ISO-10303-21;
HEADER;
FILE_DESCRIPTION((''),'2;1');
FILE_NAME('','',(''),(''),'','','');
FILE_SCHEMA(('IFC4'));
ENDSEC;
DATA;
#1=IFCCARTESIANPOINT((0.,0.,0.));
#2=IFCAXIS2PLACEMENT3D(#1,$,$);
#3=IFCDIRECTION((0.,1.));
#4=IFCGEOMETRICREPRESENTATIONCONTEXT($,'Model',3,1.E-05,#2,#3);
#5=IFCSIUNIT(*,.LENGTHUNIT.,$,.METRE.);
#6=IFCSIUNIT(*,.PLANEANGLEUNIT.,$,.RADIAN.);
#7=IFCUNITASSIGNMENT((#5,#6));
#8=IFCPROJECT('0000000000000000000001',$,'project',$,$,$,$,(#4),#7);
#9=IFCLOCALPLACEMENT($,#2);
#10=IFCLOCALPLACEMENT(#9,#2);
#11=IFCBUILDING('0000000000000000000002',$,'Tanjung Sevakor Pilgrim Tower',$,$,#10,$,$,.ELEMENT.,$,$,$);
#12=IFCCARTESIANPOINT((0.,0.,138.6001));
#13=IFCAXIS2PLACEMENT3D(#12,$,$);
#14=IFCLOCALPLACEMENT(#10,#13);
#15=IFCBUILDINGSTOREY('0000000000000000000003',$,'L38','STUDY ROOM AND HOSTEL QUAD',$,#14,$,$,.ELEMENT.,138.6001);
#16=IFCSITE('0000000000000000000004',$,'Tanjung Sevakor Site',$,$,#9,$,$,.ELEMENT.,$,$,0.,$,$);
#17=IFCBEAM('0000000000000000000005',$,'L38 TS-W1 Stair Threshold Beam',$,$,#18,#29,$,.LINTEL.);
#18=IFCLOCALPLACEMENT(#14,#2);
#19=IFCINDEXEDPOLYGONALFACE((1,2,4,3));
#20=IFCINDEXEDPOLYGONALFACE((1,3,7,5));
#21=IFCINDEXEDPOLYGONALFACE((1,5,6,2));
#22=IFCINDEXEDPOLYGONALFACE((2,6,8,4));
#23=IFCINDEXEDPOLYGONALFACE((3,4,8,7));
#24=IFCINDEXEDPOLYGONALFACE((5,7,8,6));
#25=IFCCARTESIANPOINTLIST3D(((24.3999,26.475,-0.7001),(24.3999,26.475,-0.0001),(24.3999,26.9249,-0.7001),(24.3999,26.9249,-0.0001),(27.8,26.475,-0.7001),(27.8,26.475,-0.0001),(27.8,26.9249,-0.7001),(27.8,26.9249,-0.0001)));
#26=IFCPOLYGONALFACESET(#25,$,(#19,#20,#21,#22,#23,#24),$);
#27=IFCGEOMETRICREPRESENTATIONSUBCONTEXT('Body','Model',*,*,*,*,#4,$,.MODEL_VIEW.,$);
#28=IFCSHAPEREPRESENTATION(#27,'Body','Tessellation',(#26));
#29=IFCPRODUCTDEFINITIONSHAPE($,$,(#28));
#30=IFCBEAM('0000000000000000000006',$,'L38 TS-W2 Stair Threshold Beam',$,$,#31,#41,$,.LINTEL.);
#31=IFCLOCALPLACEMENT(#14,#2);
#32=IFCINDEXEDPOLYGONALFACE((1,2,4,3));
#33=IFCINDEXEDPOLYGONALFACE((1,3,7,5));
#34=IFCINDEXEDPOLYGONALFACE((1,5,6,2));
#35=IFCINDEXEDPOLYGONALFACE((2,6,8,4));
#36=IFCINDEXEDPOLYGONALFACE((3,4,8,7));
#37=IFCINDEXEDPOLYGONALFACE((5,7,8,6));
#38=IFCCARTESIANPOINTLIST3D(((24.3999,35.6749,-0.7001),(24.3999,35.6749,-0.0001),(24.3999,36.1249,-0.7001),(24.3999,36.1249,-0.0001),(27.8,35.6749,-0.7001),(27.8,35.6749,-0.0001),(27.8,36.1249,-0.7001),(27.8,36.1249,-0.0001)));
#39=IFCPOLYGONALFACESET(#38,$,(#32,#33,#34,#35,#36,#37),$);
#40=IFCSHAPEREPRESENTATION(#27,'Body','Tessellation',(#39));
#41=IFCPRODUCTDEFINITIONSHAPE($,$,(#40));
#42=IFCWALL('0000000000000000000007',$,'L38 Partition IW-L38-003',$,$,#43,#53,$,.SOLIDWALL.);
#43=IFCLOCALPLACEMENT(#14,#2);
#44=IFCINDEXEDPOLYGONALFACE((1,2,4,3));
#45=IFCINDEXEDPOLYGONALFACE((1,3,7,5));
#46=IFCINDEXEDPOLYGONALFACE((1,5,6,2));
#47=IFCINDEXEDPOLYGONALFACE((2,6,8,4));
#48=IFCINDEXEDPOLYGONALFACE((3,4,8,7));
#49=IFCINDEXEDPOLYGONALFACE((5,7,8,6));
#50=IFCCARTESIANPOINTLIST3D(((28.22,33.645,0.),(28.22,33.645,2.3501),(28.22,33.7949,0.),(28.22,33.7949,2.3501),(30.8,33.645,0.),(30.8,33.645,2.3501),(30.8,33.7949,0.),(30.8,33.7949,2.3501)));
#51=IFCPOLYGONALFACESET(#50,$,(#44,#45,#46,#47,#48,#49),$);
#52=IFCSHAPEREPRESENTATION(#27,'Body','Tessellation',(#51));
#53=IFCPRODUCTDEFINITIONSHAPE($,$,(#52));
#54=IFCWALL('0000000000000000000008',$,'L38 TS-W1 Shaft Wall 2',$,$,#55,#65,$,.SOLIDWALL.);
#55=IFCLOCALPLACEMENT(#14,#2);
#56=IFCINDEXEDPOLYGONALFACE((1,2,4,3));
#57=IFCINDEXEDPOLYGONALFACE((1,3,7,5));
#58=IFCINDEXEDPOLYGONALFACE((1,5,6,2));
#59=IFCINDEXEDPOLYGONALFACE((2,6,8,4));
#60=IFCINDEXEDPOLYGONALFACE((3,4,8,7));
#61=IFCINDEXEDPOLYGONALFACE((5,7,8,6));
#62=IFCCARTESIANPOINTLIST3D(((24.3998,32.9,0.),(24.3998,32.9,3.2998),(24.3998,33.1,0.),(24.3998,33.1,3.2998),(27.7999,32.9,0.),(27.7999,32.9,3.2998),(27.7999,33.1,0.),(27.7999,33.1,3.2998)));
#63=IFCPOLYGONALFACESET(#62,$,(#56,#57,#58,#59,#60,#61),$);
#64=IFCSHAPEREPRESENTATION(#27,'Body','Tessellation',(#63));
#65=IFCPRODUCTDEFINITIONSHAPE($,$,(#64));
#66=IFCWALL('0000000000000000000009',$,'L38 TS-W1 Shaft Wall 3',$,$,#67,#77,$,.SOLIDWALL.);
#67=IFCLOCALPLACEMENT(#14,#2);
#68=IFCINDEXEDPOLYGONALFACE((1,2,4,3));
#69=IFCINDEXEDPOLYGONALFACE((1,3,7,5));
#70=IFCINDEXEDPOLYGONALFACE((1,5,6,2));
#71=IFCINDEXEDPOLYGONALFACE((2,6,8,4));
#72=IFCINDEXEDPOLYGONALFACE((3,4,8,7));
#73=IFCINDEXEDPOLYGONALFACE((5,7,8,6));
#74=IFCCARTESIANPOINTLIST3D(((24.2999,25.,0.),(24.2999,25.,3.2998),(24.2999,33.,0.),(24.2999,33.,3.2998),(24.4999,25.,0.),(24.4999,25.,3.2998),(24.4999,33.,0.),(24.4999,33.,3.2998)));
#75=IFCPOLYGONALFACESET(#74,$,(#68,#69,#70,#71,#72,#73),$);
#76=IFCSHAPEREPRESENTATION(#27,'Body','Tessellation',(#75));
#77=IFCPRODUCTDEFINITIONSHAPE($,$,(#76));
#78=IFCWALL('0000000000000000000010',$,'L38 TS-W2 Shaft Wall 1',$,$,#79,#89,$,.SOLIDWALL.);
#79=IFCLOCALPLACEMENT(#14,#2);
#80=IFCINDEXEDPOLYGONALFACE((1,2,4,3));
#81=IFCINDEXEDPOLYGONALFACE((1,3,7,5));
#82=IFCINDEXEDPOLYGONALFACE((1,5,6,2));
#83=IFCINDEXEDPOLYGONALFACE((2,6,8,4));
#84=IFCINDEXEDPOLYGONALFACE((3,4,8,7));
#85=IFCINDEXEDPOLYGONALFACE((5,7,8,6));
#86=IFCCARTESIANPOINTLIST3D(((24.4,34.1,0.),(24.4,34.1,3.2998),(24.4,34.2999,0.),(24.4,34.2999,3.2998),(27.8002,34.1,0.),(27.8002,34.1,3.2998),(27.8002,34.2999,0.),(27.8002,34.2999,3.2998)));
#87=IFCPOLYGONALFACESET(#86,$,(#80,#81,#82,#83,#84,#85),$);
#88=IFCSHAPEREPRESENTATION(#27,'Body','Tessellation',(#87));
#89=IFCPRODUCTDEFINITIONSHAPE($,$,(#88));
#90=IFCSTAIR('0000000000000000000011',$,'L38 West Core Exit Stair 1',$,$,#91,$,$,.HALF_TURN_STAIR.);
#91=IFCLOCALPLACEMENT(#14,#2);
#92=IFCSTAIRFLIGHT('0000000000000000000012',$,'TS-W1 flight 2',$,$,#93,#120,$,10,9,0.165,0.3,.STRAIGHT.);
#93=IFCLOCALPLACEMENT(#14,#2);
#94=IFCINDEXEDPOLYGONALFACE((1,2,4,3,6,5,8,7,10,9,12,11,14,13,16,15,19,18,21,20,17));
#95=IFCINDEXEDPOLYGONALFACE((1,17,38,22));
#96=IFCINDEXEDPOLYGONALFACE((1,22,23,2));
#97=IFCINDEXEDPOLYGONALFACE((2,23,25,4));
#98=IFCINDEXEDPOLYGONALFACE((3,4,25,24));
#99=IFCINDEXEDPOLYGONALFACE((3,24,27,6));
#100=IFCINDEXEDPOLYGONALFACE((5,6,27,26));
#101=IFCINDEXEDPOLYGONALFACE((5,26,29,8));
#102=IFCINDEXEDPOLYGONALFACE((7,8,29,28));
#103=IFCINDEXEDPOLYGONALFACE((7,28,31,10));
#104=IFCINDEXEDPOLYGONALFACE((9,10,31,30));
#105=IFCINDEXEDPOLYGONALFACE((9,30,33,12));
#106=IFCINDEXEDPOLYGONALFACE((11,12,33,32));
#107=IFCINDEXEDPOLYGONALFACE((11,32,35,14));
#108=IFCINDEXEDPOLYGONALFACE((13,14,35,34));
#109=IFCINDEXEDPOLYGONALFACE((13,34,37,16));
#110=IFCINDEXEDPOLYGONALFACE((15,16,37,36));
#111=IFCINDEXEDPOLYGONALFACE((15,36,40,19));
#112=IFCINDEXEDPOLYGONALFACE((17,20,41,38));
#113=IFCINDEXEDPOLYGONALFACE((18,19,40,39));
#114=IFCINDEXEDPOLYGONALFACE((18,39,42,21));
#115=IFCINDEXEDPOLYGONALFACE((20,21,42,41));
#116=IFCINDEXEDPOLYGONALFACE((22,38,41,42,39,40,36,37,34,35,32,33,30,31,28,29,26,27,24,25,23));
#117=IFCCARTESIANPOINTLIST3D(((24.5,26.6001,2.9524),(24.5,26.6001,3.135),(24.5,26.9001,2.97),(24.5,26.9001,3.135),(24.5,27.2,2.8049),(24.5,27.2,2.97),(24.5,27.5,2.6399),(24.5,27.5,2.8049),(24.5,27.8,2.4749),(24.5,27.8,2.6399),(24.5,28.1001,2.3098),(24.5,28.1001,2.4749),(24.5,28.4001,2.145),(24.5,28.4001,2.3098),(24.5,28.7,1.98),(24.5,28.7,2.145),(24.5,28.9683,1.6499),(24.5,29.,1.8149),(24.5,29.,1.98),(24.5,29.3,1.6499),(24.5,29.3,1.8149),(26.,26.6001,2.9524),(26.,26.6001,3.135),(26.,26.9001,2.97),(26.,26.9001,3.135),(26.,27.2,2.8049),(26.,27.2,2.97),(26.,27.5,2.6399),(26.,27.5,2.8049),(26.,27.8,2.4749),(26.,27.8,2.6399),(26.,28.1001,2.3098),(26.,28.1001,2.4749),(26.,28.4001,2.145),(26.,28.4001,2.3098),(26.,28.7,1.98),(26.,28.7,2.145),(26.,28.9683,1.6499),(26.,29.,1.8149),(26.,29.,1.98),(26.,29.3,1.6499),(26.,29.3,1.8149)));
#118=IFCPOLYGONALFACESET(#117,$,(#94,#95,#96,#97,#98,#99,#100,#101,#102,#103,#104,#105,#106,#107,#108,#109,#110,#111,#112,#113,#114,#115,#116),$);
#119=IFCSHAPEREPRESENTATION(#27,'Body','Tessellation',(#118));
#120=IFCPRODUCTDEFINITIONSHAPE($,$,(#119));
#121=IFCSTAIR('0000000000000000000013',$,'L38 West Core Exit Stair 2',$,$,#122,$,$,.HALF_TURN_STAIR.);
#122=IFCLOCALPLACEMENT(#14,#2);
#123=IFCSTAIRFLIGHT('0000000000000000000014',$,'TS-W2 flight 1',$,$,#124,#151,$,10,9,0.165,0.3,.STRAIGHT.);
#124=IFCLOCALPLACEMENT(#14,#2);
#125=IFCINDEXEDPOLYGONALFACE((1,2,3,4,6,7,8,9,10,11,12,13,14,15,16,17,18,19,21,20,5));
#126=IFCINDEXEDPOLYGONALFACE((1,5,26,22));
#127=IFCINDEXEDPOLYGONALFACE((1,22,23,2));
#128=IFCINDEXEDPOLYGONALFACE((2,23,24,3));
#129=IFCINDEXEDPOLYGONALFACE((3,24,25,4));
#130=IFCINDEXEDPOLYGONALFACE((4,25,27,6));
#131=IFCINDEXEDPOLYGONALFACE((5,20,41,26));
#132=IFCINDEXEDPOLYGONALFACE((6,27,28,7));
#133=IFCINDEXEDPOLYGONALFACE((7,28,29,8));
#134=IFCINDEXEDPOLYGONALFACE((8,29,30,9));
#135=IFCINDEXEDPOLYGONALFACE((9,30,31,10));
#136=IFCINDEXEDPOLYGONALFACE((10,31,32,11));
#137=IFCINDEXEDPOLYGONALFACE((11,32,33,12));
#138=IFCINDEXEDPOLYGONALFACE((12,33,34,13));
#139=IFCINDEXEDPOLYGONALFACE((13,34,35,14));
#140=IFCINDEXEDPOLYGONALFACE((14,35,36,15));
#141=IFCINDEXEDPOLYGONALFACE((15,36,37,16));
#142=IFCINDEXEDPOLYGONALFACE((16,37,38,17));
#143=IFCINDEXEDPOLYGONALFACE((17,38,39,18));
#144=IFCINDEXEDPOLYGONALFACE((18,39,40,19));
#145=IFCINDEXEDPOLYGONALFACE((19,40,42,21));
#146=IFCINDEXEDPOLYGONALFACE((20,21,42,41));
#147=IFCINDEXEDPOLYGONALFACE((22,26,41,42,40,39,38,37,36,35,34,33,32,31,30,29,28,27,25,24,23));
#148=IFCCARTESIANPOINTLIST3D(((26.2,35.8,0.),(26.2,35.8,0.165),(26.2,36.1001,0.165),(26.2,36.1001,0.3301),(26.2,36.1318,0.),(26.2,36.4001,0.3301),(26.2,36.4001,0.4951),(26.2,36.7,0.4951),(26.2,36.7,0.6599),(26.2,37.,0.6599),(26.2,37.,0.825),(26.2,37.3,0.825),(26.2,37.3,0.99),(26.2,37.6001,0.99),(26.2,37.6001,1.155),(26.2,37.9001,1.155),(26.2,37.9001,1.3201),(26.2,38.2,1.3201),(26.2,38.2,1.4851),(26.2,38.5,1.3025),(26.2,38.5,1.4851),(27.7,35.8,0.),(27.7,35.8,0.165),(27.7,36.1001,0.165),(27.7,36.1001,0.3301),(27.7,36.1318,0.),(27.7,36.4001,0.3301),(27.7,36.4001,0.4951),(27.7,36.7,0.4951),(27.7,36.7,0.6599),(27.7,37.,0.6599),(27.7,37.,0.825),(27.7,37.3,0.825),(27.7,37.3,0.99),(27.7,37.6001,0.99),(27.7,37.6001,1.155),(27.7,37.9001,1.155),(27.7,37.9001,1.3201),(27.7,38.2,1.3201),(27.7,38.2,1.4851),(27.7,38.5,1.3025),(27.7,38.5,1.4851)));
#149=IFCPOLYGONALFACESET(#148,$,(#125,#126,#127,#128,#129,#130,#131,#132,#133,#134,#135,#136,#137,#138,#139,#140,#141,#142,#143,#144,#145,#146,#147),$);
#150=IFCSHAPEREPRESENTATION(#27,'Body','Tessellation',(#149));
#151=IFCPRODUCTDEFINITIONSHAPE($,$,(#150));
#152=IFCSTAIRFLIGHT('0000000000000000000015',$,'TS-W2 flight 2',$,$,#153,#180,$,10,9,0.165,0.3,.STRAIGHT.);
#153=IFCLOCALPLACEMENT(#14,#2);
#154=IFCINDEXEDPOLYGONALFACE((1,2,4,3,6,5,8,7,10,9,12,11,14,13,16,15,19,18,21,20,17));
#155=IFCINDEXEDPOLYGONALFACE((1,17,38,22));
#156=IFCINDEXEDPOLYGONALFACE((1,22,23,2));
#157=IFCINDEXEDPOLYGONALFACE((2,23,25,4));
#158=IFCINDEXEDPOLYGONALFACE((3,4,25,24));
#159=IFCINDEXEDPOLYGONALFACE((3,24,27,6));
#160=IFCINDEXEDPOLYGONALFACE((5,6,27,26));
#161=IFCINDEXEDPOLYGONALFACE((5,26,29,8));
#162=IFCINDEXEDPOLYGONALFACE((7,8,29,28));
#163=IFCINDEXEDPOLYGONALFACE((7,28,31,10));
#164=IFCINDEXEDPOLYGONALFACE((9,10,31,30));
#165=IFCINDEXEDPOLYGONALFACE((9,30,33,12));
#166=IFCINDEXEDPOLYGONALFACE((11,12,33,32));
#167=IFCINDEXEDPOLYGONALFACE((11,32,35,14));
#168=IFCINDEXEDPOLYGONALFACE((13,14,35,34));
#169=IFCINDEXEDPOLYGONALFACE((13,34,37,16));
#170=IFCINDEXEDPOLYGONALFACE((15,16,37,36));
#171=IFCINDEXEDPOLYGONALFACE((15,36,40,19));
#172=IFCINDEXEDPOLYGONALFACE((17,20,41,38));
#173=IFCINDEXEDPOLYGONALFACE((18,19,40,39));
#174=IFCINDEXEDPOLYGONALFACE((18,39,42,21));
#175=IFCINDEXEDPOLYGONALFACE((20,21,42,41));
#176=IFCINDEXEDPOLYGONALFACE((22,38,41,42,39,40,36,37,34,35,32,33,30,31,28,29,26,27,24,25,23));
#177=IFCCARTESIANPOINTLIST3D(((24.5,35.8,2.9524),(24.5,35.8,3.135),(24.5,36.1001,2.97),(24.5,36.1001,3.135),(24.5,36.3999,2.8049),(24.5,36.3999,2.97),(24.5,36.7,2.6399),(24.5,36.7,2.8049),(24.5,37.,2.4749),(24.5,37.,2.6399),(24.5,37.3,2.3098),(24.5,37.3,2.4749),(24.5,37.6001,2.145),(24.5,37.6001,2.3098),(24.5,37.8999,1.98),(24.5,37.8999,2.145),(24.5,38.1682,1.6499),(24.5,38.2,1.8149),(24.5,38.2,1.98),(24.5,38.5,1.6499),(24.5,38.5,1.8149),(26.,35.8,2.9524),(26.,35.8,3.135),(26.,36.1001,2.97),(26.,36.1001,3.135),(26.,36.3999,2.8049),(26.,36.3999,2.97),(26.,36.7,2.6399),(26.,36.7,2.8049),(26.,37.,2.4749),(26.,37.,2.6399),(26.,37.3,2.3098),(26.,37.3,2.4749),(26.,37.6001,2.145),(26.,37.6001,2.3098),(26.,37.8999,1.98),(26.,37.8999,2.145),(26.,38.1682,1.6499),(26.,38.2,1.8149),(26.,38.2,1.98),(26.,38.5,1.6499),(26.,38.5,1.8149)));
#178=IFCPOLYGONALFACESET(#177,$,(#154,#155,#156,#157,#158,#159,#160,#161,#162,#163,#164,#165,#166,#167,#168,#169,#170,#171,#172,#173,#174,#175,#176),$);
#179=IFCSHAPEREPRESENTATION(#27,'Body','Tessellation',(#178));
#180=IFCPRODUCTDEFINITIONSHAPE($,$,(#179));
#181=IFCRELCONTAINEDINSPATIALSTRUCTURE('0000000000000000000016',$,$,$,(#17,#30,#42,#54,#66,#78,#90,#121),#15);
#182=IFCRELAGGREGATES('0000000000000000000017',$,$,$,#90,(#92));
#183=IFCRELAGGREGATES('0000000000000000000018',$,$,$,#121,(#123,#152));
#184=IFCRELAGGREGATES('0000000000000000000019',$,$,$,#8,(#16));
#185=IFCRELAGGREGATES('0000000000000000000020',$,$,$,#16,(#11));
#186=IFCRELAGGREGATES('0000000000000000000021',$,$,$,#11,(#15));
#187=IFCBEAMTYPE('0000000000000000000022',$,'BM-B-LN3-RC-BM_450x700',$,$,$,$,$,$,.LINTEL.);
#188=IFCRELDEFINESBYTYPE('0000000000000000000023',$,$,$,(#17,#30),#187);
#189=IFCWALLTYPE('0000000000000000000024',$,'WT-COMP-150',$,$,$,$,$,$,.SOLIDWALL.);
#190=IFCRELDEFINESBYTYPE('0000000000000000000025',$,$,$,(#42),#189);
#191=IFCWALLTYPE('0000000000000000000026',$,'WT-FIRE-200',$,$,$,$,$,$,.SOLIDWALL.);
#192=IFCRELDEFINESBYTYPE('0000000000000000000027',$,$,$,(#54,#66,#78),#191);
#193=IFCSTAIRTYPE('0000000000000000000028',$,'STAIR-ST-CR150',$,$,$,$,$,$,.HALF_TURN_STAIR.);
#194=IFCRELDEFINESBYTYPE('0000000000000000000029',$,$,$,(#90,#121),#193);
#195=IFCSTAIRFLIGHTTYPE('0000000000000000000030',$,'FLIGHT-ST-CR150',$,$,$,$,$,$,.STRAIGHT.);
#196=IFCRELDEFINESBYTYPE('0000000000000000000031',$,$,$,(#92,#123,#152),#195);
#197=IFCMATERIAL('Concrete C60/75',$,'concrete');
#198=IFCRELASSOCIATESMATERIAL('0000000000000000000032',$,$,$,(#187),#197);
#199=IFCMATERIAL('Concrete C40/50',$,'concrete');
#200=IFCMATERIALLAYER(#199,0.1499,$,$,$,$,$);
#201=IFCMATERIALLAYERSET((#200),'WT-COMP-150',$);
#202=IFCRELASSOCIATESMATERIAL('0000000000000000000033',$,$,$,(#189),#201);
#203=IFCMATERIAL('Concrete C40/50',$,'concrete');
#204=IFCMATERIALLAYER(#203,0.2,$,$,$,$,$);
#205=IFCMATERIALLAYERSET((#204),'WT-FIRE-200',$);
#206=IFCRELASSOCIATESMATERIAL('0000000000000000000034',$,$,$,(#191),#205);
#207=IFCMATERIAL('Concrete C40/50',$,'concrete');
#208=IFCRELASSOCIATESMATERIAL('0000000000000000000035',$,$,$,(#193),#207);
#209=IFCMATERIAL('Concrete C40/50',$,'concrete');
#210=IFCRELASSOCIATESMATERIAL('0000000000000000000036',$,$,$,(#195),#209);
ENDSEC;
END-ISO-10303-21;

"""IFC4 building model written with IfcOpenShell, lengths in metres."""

from ifc_helpers import new_model, si_unit, direction, frame, frame_2d, origin, origin_2d, place, context, subcontext, project, spatial, polyline, rectangle, outline, extrude, material, layer, layer_set, material_profile, profile_set, type_object, element, aggregate, save


model = new_model("IFC4")

# Units and contexts
model_context = context("Model", 3, precision=1e-05, world=origin(), true_north=direction((0.0, 1.0)))
body_context = subcontext(model_context, "Body", "Model", "MODEL_VIEW")
ifc_project = project(units=[si_unit("LENGTHUNIT", "METRE"), si_unit("PLANEANGLEUNIT", "RADIAN")], contexts=[model_context])

# Site, building, storey
site_placement = place(None, origin())
site = spatial("IfcSite", under=ifc_project, at=site_placement, Name="Tanjung Sevakor Site", CompositionType="ELEMENT", RefElevation=0.0)
building_placement = place(site_placement, origin())
building = spatial("IfcBuilding", under=site, at=building_placement, Name="Tanjung Sevakor Pilgrim Tower", CompositionType="ELEMENT")
storey_placement = place(building_placement, frame((0.0, 0.0, 138.6001)))
storey = spatial("IfcBuildingStorey", under=building, at=storey_placement, Name="L38", Description="STUDY ROOM AND HOSTEL QUAD", CompositionType="ELEMENT", Elevation=138.6001)

# Beams
ifc_material_1 = material(Name="Concrete C60/75", Category="concrete")
ifc_material_profile = material_profile(ifc_material_1, rectangle(XDim=0.45, YDim=0.7, at=origin_2d()))
ifc_profile_set = profile_set([ifc_material_profile], Name="Concrete C60/75")
beam_type = type_object("IfcBeamType", Name="BM-B-LN3-RC-BM_450x700", PredefinedType="LINTEL", material=ifc_profile_set)
for number, where, z_axis, x_axis, name in (
    (1, (24.3999, 26.7, -0.3501), (1.0, 0.0, 0.0), (0.0, 1.0, 0.0), "L38 TS-W1 Stair Threshold Beam"),
    (2, (24.3999, 35.8999, -0.3501), (1.0, 0.0, 0.0), (0.0, 1.0, 0.0), "L38 TS-W2 Stair Threshold Beam"),
):
    element("IfcBeam", number, at=place(storey_placement, frame(where, z_axis=z_axis, x_axis=x_axis)), inside=storey, type_object=beam_type, Name=name, PredefinedType="LINTEL", context=body_context, shape_type="SweptSolid", body=[
        extrude(rectangle(XDim=0.45, YDim=0.7, at=origin_2d()), origin(), (0.0, 0.0, 1.0), 3.4001),
    ])

# Wall
ifc_material_2 = material(Name="Concrete C40/50", Category="concrete")
ifc_layer_1 = layer(ifc_material_2, 0.1499)
ifc_layer_set_1 = layer_set([ifc_layer_1], Name="WT-COMP-150")
wall_type_1 = type_object("IfcWallType", Name="WT-COMP-150", PredefinedType="SOLIDWALL", material=ifc_layer_set_1)
wall_1_placement = place(storey_placement, frame((28.22, 33.72, 0.0), z_axis=(0.0, 0.0, 1.0), x_axis=(1.0, 0.0, 0.0)))
element("IfcWall", 3, at=wall_1_placement, inside=storey, type_object=wall_type_1, Name="L38 Partition IW-L38-003", PredefinedType="SOLIDWALL", context=body_context, shape_type="SweptSolid", body=[
    extrude(rectangle(XDim=2.5801, YDim=0.1499, at=frame_2d((1.29, 0.0))), origin(), (0.0, 0.0, 1.0), 2.3501),
])

# Walls
ifc_material_3 = material(Name="Concrete C40/50", Category="concrete")
ifc_layer_2 = layer(ifc_material_3, 0.2)
ifc_layer_set_2 = layer_set([ifc_layer_2], Name="WT-FIRE-200")
wall_type_2 = type_object("IfcWallType", Name="WT-FIRE-200", PredefinedType="SOLIDWALL", material=ifc_layer_set_2)
wall_2_placement = place(storey_placement, frame((27.8, 33.0, 0.0), z_axis=(0.0, 0.0, 1.0), x_axis=(-1.0, 0.0, 0.0)))
element("IfcWall", 4, at=wall_2_placement, inside=storey, type_object=wall_type_2, Name="L38 TS-W1 Shaft Wall 2", PredefinedType="SOLIDWALL", context=body_context, shape_type="SweptSolid", body=[
    extrude(rectangle(XDim=3.4001, YDim=0.2, at=frame_2d((1.7002, 0.0))), origin(), (0.0, 0.0, 1.0), 3.2998),
])
wall_3_placement = place(storey_placement, frame((24.3999, 33.0, 0.0), z_axis=(0.0, 0.0, 1.0), x_axis=(0.0, -1.0, 0.0)))
element("IfcWall", 5, at=wall_3_placement, inside=storey, type_object=wall_type_2, Name="L38 TS-W1 Shaft Wall 3", PredefinedType="SOLIDWALL", context=body_context, shape_type="SweptSolid", body=[
    extrude(rectangle(XDim=8.0, YDim=0.2, at=frame_2d((4.0, 0.0))), origin(), (0.0, 0.0, 1.0), 3.2998),
])
wall_4_placement = place(storey_placement, frame((24.3999, 34.2, 0.0), z_axis=(0.0, 0.0, 1.0), x_axis=(1.0, 0.0, 0.0)))
element("IfcWall", 6, at=wall_4_placement, inside=storey, type_object=wall_type_2, Name="L38 TS-W2 Shaft Wall 1", PredefinedType="SOLIDWALL", context=body_context, shape_type="SweptSolid", body=[
    extrude(rectangle(XDim=3.4001, YDim=0.2, at=frame_2d((1.7002, 0.0))), origin(), (0.0, 0.0, 1.0), 3.2998),
])

# Stair, stair flight
ifc_material_4 = material(Name="Concrete C40/50", Category="concrete")
stair_type = type_object("IfcStairType", Name="STAIR-ST-CR150", PredefinedType="HALF_TURN_STAIR", material=ifc_material_4)
stair_1_placement = place(storey_placement, origin())
stair_1 = element("IfcStair", 7, at=stair_1_placement, inside=storey, type_object=stair_type, Name="L38 West Core Exit Stair 1", PredefinedType="HALF_TURN_STAIR")
ifc_material_5 = material(Name="Concrete C40/50", Category="concrete")
stair_flight_type = type_object("IfcStairFlightType", Name="FLIGHT-ST-CR150", PredefinedType="STRAIGHT", material=ifc_material_5)
stair_flight_1_placement = place(storey_placement, frame((25.25, 29.3, 1.6499), z_axis=(0.0, 0.0, 1.0), x_axis=(0.0, -1.0, 0.0)))
stair_flight_1 = element("IfcStairFlight", 8, at=stair_flight_1_placement, type_object=stair_flight_type, Name="TS-W1 flight 2", NumberOfRisers=10, NumberOfTreads=9, PredefinedType="STRAIGHT", RiserHeight=0.165, TreadLength=0.3, context=body_context, shape_type="SweptSolid", body=[
    extrude(outline(polyline([(0.0, 0.0), (0.0, 0.165), (0.3, 0.165), (0.3, 0.3301), (0.6001, 0.3301), (0.6001, 0.4951), (0.8999, 0.4951), (0.8999, 0.6599), (1.2, 0.6599), (1.2, 0.825), (1.5, 0.825), (1.5, 0.99), (1.8, 0.99), (1.8, 1.155), (2.1001, 1.155), (2.1001, 1.3201), (2.3999, 1.3201), (2.3999, 1.4851), (2.7, 1.4851), (2.7, 1.6499), (2.7, 1.3025), (0.3318, 0.0), (0.0, 0.0)])), frame((0.0, 0.75, 0.0), z_axis=(0.0, -1.0, 0.0), x_axis=(1.0, 0.0, 0.0)), (0.0, 0.0, 1.0), 1.5),
])
aggregate(stair_1, [stair_flight_1])

# Stair, stair flights
stair_2_placement = place(storey_placement, origin())
stair_2 = element("IfcStair", 9, at=stair_2_placement, inside=storey, type_object=stair_type, Name="L38 West Core Exit Stair 2", PredefinedType="HALF_TURN_STAIR")
stair_flight_2_placement = place(storey_placement, frame((26.95, 35.8, 0.0), z_axis=(0.0, 0.0, 1.0), x_axis=(0.0, 1.0, 0.0)))
stair_flight_2 = element("IfcStairFlight", 10, at=stair_flight_2_placement, type_object=stair_flight_type, Name="TS-W2 flight 1", NumberOfRisers=10, NumberOfTreads=9, PredefinedType="STRAIGHT", RiserHeight=0.165, TreadLength=0.3, context=body_context, shape_type="SweptSolid", body=[
    extrude(outline(polyline([(0.0, 0.0), (0.0, 0.165), (0.3, 0.165), (0.3, 0.3301), (0.6001, 0.3301), (0.6001, 0.4951), (0.8999, 0.4951), (0.8999, 0.6599), (1.2, 0.6599), (1.2, 0.825), (1.5, 0.825), (1.5, 0.99), (1.8, 0.99), (1.8, 1.155), (2.1001, 1.155), (2.1001, 1.3201), (2.3999, 1.3201), (2.3999, 1.4851), (2.7, 1.4851), (2.7, 1.6499), (2.7, 1.3025), (0.3318, 0.0), (0.0, 0.0)])), frame((0.0, 0.75, 0.0), z_axis=(0.0, -1.0, 0.0), x_axis=(1.0, 0.0, 0.0)), (0.0, 0.0, 1.0), 1.5),
])
stair_flight_3_placement = place(storey_placement, frame((25.25, 38.5, 1.6499), z_axis=(0.0, 0.0, 1.0), x_axis=(0.0, -1.0, 0.0)))
stair_flight_3 = element("IfcStairFlight", 11, at=stair_flight_3_placement, type_object=stair_flight_type, Name="TS-W2 flight 2", NumberOfRisers=10, NumberOfTreads=9, PredefinedType="STRAIGHT", RiserHeight=0.165, TreadLength=0.3, context=body_context, shape_type="SweptSolid", body=[
    extrude(outline(polyline([(0.0, 0.0), (0.0, 0.165), (0.3, 0.165), (0.3, 0.3301), (0.6001, 0.3301), (0.6001, 0.4951), (0.8999, 0.4951), (0.8999, 0.6599), (1.2, 0.6599), (1.2, 0.825), (1.5, 0.825), (1.5, 0.99), (1.8, 0.99), (1.8, 1.155), (2.1001, 1.155), (2.1001, 1.3201), (2.3999, 1.3201), (2.3999, 1.4851), (2.7, 1.4851), (2.7, 1.6499), (2.7, 1.3025), (0.3318, 0.0), (0.0, 0.0)])), frame((0.0, 0.75, 0.0), z_axis=(0.0, -1.0, 0.0), x_axis=(1.0, 0.0, 0.0)), (0.0, 0.0, 1.0), 1.5),
])
aggregate(stair_2, [stair_flight_2, stair_flight_3])

save(model, "model.ifc")
